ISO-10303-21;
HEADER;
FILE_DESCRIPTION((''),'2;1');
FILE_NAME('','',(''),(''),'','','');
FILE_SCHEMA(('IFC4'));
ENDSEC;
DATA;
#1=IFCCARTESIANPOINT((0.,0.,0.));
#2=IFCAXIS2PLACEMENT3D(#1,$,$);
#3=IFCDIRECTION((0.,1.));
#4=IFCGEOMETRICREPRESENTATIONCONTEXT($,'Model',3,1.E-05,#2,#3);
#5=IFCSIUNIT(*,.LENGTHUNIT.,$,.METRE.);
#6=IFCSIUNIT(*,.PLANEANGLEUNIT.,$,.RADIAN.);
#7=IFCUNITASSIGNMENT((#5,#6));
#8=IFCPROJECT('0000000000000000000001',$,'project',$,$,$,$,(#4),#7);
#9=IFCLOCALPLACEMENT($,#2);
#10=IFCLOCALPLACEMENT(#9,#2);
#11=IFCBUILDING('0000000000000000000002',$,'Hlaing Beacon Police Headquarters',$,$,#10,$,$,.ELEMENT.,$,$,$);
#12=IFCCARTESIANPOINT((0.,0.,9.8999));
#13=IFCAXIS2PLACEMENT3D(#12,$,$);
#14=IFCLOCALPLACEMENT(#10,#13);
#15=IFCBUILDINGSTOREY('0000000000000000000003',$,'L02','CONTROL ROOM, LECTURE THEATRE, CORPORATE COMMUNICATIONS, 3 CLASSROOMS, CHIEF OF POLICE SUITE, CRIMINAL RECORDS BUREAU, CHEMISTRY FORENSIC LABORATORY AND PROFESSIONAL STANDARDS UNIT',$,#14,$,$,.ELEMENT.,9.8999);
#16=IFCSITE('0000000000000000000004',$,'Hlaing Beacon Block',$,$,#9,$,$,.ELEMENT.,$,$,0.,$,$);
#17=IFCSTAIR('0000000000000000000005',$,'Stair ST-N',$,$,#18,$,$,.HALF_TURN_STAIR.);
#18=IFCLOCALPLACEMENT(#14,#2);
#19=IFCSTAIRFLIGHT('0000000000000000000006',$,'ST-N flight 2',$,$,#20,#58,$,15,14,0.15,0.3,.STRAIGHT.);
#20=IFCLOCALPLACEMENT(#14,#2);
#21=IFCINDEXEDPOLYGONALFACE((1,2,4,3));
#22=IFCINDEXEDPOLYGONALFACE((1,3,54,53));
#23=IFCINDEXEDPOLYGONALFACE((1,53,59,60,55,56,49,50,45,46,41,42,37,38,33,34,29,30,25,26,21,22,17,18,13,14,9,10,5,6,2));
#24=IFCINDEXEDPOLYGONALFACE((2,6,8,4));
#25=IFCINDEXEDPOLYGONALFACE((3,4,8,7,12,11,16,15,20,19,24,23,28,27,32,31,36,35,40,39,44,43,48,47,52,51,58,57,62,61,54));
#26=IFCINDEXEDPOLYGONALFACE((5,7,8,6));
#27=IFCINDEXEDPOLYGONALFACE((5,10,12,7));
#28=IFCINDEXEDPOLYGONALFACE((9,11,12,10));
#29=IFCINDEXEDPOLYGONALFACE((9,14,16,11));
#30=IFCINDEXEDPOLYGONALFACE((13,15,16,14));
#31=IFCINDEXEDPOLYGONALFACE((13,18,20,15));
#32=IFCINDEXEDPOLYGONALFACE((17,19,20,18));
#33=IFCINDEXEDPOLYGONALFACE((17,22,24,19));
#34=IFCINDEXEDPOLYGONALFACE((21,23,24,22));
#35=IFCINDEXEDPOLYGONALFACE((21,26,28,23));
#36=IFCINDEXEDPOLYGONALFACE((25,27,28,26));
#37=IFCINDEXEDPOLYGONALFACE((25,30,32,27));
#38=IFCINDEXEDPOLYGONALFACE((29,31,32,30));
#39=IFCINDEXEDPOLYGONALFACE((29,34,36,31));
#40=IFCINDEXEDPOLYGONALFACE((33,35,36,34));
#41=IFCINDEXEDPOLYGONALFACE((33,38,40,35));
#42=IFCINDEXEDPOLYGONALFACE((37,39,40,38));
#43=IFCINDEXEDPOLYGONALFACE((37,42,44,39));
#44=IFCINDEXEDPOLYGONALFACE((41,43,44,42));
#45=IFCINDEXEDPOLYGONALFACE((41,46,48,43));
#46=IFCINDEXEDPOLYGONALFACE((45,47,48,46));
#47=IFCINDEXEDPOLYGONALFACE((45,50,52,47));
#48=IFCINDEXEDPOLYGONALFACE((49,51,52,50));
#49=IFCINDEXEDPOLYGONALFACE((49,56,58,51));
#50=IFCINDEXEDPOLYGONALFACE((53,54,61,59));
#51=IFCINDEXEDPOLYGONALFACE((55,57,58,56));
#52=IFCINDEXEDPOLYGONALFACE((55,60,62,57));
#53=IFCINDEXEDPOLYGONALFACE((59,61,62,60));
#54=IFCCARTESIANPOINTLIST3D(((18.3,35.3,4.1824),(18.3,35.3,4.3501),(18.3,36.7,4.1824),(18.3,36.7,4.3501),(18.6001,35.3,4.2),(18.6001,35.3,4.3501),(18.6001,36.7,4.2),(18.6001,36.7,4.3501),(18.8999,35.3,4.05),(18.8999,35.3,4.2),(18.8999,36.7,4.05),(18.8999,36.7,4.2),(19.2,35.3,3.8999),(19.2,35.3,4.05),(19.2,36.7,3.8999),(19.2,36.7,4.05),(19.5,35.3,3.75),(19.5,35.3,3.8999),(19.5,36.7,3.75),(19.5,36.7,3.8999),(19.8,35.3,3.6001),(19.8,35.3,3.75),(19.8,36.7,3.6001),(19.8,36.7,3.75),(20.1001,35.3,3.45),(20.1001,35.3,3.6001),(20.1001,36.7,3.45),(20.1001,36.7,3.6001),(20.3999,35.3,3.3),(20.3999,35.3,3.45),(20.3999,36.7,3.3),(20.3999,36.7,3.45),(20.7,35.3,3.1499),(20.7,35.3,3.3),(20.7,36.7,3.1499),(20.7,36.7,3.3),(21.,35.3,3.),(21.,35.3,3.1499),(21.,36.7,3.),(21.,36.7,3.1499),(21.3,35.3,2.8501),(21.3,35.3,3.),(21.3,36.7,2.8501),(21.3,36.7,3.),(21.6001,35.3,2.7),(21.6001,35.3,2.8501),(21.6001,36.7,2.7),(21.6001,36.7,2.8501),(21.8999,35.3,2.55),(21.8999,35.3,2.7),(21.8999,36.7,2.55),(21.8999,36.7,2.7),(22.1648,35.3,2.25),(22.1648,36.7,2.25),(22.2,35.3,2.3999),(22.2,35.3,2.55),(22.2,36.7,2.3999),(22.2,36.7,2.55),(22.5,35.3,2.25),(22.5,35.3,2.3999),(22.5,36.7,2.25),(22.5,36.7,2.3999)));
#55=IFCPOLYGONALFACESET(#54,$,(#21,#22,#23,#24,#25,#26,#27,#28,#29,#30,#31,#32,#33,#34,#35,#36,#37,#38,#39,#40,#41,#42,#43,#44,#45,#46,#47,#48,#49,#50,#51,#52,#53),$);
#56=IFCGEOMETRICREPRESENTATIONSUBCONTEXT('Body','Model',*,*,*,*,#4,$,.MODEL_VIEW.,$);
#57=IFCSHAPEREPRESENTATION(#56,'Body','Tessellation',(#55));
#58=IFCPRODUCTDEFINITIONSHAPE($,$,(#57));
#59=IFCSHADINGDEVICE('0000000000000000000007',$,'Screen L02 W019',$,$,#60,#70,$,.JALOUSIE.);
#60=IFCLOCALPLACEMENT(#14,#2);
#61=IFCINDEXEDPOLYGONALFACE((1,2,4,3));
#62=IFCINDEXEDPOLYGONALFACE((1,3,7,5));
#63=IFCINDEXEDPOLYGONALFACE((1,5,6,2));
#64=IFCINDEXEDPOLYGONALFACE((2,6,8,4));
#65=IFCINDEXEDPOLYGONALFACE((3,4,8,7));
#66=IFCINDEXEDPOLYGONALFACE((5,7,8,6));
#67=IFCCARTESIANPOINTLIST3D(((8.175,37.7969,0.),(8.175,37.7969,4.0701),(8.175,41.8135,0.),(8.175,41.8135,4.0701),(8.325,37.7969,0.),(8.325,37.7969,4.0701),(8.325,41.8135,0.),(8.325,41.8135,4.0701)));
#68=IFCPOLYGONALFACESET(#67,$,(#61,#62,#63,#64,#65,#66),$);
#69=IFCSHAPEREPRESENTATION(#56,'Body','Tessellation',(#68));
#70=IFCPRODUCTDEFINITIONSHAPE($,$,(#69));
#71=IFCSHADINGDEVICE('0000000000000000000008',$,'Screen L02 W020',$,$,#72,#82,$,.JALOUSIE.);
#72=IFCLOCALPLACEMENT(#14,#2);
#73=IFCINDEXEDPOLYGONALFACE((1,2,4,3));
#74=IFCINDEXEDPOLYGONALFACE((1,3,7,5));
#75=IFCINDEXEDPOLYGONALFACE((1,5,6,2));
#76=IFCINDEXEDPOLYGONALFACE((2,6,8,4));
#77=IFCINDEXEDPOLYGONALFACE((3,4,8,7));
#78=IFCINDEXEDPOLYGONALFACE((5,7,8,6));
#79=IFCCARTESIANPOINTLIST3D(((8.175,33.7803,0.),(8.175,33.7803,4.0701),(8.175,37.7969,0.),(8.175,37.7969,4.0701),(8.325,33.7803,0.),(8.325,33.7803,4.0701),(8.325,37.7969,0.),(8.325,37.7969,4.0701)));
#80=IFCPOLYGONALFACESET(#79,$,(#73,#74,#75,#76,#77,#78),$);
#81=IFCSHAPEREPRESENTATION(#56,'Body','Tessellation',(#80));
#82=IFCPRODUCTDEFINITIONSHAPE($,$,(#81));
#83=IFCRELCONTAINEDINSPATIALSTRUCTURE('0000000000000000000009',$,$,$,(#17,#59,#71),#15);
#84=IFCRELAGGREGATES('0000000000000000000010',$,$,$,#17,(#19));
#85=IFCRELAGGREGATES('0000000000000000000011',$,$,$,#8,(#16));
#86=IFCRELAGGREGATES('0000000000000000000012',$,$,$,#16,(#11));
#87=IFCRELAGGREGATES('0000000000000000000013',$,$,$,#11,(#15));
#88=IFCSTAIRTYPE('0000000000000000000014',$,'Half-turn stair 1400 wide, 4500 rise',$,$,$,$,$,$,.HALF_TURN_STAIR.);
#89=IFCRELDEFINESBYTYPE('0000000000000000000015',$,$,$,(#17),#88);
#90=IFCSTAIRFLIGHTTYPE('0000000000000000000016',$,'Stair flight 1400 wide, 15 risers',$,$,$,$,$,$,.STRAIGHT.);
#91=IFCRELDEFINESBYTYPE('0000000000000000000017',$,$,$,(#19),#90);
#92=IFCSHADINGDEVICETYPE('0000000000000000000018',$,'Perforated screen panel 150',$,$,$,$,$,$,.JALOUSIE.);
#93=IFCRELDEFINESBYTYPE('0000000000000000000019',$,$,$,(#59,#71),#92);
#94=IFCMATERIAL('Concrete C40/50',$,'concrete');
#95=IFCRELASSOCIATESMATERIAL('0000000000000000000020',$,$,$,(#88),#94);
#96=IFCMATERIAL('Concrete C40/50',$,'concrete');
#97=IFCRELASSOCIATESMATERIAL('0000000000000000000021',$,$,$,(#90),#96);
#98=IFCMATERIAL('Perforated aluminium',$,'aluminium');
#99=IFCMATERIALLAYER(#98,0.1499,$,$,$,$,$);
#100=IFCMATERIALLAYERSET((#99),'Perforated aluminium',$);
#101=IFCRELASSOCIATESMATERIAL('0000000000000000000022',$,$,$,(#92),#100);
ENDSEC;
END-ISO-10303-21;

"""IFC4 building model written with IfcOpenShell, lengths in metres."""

from ifc_helpers import new_model, si_unit, direction, frame, origin, origin_2d, place, context, subcontext, project, spatial, polyline, rectangle, outline, extrude, material, layer, layer_set, type_object, element, aggregate, save


model = new_model("IFC4")

# Units and contexts
model_context = context("Model", 3, precision=1e-05, world=origin(), true_north=direction((0.0, 1.0)))
body_context = subcontext(model_context, "Body", "Model", "MODEL_VIEW")
ifc_project = project(units=[si_unit("LENGTHUNIT", "METRE"), si_unit("PLANEANGLEUNIT", "RADIAN")], contexts=[model_context])

# Site, building, storey
site_placement = place(None, origin())
site = spatial("IfcSite", under=ifc_project, at=site_placement, Name="Hlaing Beacon Block", CompositionType="ELEMENT", RefElevation=0.0)
building_placement = place(site_placement, origin())
building = spatial("IfcBuilding", under=site, at=building_placement, Name="Hlaing Beacon Police Headquarters", CompositionType="ELEMENT")
storey_placement = place(building_placement, frame((0.0, 0.0, 9.8999)))
storey = spatial("IfcBuildingStorey", under=building, at=storey_placement, Name="L02", Description="CONTROL ROOM, LECTURE THEATRE, CORPORATE COMMUNICATIONS, 3 CLASSROOMS, CHIEF OF POLICE SUITE, CRIMINAL RECORDS BUREAU, CHEMISTRY FORENSIC LABORATORY AND PROFESSIONAL STANDARDS UNIT", CompositionType="ELEMENT", Elevation=9.8999)

# Stair, stair flight
ifc_material_1 = material(Name="Concrete C40/50", Category="concrete")
stair_type = type_object("IfcStairType", Name="Half-turn stair 1400 wide, 4500 rise", PredefinedType="HALF_TURN_STAIR", material=ifc_material_1)
stair_placement = place(storey_placement, origin())
stair = element("IfcStair", 1, at=stair_placement, inside=storey, type_object=stair_type, Name="Stair ST-N", PredefinedType="HALF_TURN_STAIR")
ifc_material_2 = material(Name="Concrete C40/50", Category="concrete")
stair_flight_type = type_object("IfcStairFlightType", Name="Stair flight 1400 wide, 15 risers", PredefinedType="STRAIGHT", material=ifc_material_2)
stair_flight_1_placement = place(storey_placement, frame((22.5, 36.0, 2.25), z_axis=(0.0, 0.0, 1.0), x_axis=(-1.0, 0.0, 0.0)))
stair_flight_1 = element("IfcStairFlight", 2, at=stair_flight_1_placement, type_object=stair_flight_type, Name="ST-N flight 2", NumberOfRisers=15, NumberOfTreads=14, PredefinedType="STRAIGHT", RiserHeight=0.15, TreadLength=0.3, context=body_context, shape_type="SweptSolid", body=[
    extrude(outline(polyline([(0.0, 0.0), (0.0, 0.1499), (0.3, 0.1499), (0.3, 0.3), (0.6001, 0.3), (0.6001, 0.45), (0.8999, 0.45), (0.8999, 0.6001), (1.2, 0.6001), (1.2, 0.75), (1.5, 0.75), (1.5, 0.8999), (1.8, 0.8999), (1.8, 1.05), (2.1001, 1.05), (2.1001, 1.2), (2.3999, 1.2), (2.3999, 1.3501), (2.7, 1.3501), (2.7, 1.5), (3.0, 1.5), (3.0, 1.6499), (3.3, 1.6499), (3.3, 1.8), (3.6001, 1.8), (3.6001, 1.95), (3.8999, 1.95), (3.8999, 2.1001), (4.2, 2.1001), (4.2, 2.25), (4.2, 1.9324), (0.3352, 0.0), (0.0, 0.0)])), frame((0.0, 0.7, 0.0), z_axis=(0.0, -1.0, 0.0), x_axis=(1.0, 0.0, 0.0)), (0.0, 0.0, 1.0), 1.3999),
])
aggregate(stair, [stair_flight_1])

# Shading devices
ifc_material_3 = material(Name="Perforated aluminium", Category="aluminium")
ifc_layer_1 = layer(ifc_material_3, 0.1499)
ifc_layer_set_1 = layer_set([ifc_layer_1], Name="Perforated aluminium")
shading_device_type = type_object("IfcShadingDeviceType", Name="Perforated screen panel 150", PredefinedType="JALOUSIE", material=ifc_layer_set_1)
for number, where, z_axis, x_axis, name in (
    (3, (8.25, 39.8052, 0.0), (0.0, 0.0, 1.0), (0.0, -1.0, 0.0), "Screen L02 W019"),
    (4, (8.25, 35.7886, 0.0), (0.0, 0.0, 1.0), (0.0, -1.0, 0.0), "Screen L02 W020"),
):
    element("IfcShadingDevice", number, at=place(storey_placement, frame(where, z_axis=z_axis, x_axis=x_axis)), inside=storey, type_object=shading_device_type, Name=name, PredefinedType="JALOUSIE", context=body_context, shape_type="SweptSolid", body=[
        extrude(rectangle(XDim=4.0166, YDim=0.1499, at=origin_2d()), origin(), (0.0, 0.0, 1.0), 4.0701),
    ])

save(model, "model.ifc")
